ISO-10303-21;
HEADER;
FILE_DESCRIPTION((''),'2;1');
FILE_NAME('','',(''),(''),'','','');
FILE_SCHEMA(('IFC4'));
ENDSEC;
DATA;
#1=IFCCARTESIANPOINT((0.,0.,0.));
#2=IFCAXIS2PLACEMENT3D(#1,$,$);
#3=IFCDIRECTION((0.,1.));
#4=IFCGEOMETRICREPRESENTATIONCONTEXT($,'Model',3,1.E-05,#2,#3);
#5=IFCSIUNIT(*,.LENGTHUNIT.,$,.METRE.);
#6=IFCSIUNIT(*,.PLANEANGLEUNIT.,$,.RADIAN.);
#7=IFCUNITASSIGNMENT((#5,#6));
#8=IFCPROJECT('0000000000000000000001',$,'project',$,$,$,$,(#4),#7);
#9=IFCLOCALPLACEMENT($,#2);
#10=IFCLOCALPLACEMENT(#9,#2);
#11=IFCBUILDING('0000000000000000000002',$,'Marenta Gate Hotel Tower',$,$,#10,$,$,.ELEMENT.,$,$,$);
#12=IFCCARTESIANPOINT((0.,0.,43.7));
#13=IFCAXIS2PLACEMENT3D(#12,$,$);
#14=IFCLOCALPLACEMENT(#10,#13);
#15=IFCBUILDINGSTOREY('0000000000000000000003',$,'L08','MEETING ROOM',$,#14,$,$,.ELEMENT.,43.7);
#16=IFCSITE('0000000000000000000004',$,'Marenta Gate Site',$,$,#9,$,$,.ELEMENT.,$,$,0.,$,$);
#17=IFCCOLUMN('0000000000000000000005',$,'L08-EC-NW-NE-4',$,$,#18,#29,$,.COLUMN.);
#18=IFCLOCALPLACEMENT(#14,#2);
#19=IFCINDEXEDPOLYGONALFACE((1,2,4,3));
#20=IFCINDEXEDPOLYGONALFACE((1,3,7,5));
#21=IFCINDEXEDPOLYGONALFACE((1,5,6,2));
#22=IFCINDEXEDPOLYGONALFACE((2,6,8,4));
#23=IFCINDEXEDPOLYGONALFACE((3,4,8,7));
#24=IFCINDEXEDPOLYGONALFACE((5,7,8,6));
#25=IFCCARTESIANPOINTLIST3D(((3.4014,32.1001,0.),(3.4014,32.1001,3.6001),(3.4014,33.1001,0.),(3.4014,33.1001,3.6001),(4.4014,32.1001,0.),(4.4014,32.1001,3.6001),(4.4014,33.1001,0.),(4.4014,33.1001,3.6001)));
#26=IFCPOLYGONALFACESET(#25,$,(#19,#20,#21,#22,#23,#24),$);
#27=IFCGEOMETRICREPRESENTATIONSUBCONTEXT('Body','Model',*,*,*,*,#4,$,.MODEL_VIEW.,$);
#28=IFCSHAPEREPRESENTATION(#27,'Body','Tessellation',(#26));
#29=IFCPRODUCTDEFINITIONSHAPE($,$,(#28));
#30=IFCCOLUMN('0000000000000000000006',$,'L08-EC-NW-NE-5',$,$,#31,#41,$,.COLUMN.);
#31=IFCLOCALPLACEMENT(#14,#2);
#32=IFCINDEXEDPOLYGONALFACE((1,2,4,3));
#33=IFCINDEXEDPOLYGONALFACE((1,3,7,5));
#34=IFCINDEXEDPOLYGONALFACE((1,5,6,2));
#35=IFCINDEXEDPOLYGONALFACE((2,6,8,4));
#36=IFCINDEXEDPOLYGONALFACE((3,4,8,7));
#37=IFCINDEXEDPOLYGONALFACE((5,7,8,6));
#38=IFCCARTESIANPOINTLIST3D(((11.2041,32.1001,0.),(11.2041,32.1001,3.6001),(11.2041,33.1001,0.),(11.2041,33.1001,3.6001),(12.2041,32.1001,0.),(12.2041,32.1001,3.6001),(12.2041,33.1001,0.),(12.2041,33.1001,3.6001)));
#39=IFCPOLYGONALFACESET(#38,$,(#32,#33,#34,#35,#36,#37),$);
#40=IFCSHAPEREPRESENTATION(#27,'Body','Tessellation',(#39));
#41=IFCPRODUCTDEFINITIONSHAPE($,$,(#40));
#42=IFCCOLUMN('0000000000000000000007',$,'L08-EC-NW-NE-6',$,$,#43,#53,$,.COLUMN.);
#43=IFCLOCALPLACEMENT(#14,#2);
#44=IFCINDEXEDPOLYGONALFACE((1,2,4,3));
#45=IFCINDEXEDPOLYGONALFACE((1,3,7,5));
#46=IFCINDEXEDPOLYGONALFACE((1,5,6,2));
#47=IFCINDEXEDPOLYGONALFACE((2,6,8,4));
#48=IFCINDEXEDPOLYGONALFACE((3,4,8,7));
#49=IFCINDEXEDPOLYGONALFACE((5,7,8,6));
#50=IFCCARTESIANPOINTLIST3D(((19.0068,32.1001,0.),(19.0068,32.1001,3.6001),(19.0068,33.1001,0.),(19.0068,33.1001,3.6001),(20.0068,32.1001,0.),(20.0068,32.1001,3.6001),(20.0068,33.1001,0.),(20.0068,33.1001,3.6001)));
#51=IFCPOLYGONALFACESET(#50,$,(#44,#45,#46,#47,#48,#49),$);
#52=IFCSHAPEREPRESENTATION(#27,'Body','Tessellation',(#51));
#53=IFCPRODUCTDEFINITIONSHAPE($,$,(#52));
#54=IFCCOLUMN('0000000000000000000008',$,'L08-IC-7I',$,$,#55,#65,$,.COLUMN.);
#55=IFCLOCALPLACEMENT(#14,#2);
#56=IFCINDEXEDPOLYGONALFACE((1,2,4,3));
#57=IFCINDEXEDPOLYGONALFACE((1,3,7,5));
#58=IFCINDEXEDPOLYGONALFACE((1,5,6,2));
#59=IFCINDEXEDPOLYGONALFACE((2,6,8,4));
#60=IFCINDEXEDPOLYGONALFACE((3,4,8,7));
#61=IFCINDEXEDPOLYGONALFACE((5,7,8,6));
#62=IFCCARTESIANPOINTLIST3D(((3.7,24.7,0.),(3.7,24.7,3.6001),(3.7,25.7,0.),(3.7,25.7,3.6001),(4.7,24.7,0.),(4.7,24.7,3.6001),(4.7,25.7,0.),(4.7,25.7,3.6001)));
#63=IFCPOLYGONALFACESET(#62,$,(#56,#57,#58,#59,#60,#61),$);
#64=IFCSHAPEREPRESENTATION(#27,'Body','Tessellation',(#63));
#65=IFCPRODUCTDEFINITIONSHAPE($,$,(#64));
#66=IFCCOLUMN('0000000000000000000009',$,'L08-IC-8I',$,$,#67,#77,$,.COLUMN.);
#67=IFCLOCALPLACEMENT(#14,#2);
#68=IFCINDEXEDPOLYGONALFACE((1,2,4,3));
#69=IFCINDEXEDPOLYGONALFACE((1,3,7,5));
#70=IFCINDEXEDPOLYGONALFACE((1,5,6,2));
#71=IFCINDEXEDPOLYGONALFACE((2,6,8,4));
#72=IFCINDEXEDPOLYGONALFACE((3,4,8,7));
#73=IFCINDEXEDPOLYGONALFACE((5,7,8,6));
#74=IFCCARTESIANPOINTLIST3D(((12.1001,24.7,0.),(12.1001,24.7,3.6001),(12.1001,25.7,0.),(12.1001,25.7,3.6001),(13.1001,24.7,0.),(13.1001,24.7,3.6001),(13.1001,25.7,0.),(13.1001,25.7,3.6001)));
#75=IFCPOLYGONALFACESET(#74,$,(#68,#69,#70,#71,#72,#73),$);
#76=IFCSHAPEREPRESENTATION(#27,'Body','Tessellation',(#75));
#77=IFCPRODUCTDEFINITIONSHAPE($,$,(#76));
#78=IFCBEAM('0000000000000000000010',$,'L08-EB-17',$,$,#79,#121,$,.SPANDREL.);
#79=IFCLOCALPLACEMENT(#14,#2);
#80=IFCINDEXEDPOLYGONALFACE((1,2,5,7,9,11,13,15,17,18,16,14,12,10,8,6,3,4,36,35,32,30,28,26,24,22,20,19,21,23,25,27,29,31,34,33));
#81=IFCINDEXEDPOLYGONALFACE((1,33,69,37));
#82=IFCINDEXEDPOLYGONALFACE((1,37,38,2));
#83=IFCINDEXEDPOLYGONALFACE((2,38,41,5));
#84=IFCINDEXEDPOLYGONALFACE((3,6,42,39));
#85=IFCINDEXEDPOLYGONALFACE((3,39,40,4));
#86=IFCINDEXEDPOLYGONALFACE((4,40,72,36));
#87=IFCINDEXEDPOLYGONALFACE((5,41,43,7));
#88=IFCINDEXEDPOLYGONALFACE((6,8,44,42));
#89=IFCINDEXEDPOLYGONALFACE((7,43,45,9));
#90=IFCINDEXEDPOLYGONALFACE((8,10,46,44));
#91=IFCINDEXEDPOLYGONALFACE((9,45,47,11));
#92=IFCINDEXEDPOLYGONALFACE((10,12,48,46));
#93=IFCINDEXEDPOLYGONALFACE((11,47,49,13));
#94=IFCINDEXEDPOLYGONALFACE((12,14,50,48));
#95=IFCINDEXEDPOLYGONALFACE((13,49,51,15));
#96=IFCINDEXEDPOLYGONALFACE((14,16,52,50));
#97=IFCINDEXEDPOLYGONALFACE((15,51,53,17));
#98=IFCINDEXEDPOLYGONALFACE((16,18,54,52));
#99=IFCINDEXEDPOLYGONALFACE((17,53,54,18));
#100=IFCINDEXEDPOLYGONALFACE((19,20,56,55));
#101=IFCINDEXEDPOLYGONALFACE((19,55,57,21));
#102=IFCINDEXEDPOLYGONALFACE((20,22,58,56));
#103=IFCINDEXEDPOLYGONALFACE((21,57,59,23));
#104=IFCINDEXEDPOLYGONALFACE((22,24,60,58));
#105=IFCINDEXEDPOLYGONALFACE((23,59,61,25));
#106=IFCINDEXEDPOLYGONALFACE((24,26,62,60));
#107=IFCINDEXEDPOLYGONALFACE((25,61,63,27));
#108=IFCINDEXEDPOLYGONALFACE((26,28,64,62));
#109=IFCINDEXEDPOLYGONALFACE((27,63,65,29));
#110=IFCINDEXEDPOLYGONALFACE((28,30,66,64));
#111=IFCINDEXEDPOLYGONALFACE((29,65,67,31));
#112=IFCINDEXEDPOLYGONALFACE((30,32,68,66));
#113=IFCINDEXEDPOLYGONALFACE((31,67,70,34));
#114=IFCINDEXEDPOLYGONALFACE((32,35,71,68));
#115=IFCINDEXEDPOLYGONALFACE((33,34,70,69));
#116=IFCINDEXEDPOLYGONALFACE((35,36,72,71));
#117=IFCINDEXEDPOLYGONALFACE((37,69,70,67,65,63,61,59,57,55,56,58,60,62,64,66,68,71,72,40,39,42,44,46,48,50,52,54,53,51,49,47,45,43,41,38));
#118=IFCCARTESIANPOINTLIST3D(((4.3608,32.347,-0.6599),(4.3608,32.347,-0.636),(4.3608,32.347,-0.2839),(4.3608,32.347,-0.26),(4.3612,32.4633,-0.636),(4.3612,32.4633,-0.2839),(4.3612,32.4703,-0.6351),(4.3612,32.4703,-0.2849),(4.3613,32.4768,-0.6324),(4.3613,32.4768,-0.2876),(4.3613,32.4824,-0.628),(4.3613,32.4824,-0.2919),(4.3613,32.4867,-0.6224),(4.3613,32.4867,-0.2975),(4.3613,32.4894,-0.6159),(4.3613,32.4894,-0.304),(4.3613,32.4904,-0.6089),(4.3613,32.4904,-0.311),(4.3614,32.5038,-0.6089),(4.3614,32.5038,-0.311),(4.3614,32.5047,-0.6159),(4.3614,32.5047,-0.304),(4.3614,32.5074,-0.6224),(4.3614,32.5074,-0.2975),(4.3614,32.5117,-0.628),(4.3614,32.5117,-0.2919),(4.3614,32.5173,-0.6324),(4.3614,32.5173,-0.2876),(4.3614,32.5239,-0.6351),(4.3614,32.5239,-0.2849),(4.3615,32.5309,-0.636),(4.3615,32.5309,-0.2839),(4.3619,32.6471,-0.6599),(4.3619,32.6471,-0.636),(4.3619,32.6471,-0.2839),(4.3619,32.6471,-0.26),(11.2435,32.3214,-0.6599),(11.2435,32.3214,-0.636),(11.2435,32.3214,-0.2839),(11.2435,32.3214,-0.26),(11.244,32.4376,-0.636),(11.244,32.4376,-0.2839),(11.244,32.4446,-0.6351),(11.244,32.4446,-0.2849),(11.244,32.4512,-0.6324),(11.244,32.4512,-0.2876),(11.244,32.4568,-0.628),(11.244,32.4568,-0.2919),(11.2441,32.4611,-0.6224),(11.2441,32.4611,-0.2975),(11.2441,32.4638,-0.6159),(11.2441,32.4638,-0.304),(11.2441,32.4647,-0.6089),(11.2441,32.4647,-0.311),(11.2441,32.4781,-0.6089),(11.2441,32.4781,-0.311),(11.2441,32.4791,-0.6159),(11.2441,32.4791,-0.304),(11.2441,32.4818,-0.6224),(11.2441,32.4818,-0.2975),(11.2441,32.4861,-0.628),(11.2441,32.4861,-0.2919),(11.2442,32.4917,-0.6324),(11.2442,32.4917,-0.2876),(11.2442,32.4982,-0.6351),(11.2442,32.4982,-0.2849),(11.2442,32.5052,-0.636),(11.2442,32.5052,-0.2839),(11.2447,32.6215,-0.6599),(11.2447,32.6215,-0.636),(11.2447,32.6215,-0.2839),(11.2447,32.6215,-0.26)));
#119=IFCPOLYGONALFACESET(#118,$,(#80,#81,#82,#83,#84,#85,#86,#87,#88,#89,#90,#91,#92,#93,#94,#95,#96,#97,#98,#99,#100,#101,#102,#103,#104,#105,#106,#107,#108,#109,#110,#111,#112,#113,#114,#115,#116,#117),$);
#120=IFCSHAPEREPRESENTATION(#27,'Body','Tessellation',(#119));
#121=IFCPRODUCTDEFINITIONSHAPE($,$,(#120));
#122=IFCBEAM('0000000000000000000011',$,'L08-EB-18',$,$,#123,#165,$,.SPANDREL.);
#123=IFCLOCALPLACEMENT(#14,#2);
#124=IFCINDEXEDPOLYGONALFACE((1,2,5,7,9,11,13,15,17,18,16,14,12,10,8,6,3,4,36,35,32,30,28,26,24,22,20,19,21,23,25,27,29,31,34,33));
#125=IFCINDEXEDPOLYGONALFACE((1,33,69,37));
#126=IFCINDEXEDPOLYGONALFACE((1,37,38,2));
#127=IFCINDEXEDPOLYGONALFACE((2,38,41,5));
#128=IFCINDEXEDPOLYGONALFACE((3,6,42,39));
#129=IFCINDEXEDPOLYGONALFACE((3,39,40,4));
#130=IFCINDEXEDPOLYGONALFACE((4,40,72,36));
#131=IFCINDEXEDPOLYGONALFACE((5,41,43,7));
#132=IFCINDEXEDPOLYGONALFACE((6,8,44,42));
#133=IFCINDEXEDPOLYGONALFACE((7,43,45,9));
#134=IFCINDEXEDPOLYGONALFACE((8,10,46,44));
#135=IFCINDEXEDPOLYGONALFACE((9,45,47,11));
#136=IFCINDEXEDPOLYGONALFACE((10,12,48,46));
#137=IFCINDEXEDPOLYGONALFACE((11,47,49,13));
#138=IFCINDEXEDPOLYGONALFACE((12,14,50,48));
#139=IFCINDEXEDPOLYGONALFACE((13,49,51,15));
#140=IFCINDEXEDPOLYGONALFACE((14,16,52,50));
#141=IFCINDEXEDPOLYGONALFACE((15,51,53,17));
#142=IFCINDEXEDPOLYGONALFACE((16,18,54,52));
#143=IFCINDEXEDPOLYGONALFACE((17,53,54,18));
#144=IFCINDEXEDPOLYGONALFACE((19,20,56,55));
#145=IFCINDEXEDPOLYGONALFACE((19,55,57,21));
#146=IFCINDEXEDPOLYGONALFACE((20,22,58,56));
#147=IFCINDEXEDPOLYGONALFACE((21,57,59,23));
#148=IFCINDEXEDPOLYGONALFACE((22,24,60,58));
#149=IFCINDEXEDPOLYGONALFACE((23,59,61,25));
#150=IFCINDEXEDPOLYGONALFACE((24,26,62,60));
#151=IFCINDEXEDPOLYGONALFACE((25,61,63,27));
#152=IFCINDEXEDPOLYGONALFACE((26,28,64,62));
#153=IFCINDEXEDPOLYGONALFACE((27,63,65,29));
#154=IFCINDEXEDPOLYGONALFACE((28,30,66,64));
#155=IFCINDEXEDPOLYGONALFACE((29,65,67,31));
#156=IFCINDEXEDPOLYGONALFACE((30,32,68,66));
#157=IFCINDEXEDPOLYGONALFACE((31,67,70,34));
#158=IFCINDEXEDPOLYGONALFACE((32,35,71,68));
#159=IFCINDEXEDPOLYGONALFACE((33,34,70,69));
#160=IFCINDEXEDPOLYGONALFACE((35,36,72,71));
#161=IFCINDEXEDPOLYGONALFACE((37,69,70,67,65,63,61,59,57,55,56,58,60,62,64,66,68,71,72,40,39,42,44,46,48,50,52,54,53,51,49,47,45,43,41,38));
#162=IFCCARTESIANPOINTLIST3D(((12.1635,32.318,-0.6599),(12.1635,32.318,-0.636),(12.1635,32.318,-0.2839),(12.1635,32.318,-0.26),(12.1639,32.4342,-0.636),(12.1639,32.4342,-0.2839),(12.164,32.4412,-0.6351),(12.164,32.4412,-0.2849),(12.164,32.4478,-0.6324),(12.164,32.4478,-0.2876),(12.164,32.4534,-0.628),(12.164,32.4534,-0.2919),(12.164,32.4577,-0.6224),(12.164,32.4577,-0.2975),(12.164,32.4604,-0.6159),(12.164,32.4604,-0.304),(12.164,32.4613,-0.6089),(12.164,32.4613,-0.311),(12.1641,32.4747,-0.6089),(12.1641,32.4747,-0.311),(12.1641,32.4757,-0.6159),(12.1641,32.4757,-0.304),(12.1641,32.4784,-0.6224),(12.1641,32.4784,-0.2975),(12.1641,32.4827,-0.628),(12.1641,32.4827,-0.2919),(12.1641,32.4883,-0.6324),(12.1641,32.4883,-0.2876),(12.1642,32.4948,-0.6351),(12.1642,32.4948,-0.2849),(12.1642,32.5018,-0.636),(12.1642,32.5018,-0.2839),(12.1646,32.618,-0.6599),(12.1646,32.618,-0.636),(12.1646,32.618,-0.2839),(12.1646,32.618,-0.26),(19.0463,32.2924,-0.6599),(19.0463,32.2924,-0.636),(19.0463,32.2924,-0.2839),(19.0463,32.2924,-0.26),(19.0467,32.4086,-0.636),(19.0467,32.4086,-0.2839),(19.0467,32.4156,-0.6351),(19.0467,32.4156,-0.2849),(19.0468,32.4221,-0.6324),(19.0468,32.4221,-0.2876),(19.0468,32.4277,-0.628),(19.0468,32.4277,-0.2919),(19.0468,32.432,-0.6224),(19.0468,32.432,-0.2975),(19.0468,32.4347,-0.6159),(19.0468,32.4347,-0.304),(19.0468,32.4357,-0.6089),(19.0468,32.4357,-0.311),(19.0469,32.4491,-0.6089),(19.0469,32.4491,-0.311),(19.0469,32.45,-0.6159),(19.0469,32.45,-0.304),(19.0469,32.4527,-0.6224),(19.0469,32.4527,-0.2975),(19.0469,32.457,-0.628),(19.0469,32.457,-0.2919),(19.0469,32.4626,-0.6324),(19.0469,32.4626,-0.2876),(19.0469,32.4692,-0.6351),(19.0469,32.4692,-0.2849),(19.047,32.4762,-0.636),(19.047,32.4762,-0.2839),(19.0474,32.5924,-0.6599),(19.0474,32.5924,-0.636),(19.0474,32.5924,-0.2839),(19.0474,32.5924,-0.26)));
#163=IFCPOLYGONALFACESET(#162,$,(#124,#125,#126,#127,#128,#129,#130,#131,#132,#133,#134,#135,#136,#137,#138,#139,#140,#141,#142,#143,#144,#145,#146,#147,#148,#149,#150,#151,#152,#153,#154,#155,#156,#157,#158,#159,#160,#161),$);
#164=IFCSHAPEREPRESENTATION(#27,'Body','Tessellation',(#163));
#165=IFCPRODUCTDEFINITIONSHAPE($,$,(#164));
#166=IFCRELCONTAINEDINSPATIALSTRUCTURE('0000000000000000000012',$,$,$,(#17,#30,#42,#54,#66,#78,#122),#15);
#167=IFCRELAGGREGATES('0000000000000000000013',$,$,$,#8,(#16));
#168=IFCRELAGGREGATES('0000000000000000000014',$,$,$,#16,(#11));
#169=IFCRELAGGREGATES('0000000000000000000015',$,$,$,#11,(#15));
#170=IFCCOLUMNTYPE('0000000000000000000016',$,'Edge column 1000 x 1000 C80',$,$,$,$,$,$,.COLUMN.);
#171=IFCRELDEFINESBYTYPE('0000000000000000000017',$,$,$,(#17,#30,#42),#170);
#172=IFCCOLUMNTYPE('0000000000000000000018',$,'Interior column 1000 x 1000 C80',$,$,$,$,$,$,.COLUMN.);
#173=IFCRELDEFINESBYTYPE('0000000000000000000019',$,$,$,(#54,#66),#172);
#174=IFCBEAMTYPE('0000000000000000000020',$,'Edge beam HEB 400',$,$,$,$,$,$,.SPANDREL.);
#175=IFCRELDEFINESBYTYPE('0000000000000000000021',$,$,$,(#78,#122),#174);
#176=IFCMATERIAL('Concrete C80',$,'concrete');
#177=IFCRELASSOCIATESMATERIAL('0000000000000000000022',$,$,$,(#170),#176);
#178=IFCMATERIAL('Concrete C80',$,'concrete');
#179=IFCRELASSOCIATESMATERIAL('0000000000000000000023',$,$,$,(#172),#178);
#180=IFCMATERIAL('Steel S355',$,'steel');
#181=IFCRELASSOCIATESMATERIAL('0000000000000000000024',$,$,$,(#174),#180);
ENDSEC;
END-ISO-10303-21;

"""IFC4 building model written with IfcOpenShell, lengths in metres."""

from ifc_helpers import new_model, si_unit, direction, frame, origin, origin_2d, place, context, subcontext, project, spatial, rectangle, i_section, extrude, material, material_profile, profile_set, type_object, element, save


model = new_model("IFC4")

# Units and contexts
model_context = context("Model", 3, precision=1e-05, world=origin(), true_north=direction((0.0, 1.0)))
body_context = subcontext(model_context, "Body", "Model", "MODEL_VIEW")
ifc_project = project(units=[si_unit("LENGTHUNIT", "METRE"), si_unit("PLANEANGLEUNIT", "RADIAN")], contexts=[model_context])

# Site, building, storey
site_placement = place(None, origin())
site = spatial("IfcSite", under=ifc_project, at=site_placement, Name="Marenta Gate Site", CompositionType="ELEMENT", RefElevation=0.0)
building_placement = place(site_placement, origin())
building = spatial("IfcBuilding", under=site, at=building_placement, Name="Marenta Gate Hotel Tower", CompositionType="ELEMENT")
storey_placement = place(building_placement, frame((0.0, 0.0, 43.7)))
storey = spatial("IfcBuildingStorey", under=building, at=storey_placement, Name="L08", Description="MEETING ROOM", CompositionType="ELEMENT", Elevation=43.7)

# Columns
ifc_material_1 = material(Name="Concrete C80", Category="concrete")
ifc_material_profile_1 = material_profile(ifc_material_1, rectangle(XDim=1.0, YDim=1.0, at=origin_2d()), Name="1000 x 1000")
ifc_profile_set_1 = profile_set([ifc_material_profile_1], Name="Concrete C80")
column_type_1 = type_object("IfcColumnType", Name="Edge column 1000 x 1000 C80", PredefinedType="COLUMN", material=ifc_profile_set_1)
for number, where, z_axis, x_axis, name in (
    (1, (3.9014, 32.6001, 0.0), (0.0, 0.0, 1.0), (1.0, 0.0, 0.0), "L08-EC-NW-NE-4"),
    (2, (11.7041, 32.6001, 0.0), (0.0, 0.0, 1.0), (1.0, 0.0, 0.0), "L08-EC-NW-NE-5"),
    (3, (19.5068, 32.6001, 0.0), (0.0, 0.0, 1.0), (1.0, 0.0, 0.0), "L08-EC-NW-NE-6"),
):
    element("IfcColumn", number, at=place(storey_placement, frame(where, z_axis=z_axis, x_axis=x_axis)), inside=storey, type_object=column_type_1, Name=name, PredefinedType="COLUMN", context=body_context, shape_type="SweptSolid", body=[
        extrude(rectangle(XDim=1.0, YDim=1.0, at=origin_2d()), origin(), (0.0, 0.0, 1.0), 3.6001),
    ])
ifc_material_2 = material(Name="Concrete C80", Category="concrete")
ifc_material_profile_2 = material_profile(ifc_material_2, rectangle(XDim=1.0, YDim=1.0, at=origin_2d()), Name="1000 x 1000")
ifc_profile_set_2 = profile_set([ifc_material_profile_2], Name="Concrete C80")
column_type_2 = type_object("IfcColumnType", Name="Interior column 1000 x 1000 C80", PredefinedType="COLUMN", material=ifc_profile_set_2)
for number, where, z_axis, x_axis, name in (
    (4, (4.2, 25.2, 0.0), (0.0, 0.0, 1.0), (1.0, 0.0, 0.0), "L08-IC-7I"),
    (5, (12.6001, 25.2, 0.0), (0.0, 0.0, 1.0), (1.0, 0.0, 0.0), "L08-IC-8I"),
):
    element("IfcColumn", number, at=place(storey_placement, frame(where, z_axis=z_axis, x_axis=x_axis)), inside=storey, type_object=column_type_2, Name=name, PredefinedType="COLUMN", context=body_context, shape_type="SweptSolid", body=[
        extrude(rectangle(XDim=1.0, YDim=1.0, at=origin_2d()), origin(), (0.0, 0.0, 1.0), 3.6001),
    ])

# Beams
ifc_material_3 = material(Name="Steel S355", Category="steel")
ifc_material_profile_3 = material_profile(ifc_material_3, i_section(OverallWidth=0.3, OverallDepth=0.3999, WebThickness=0.0134, FlangeThickness=0.0239, FilletRadius=0.0271, at=origin_2d()), Name="HEB 400")
ifc_profile_set_3 = profile_set([ifc_material_profile_3], Name="Steel S355")
beam_type_1 = type_object("IfcBeamType", Name="Edge beam HEB 400", PredefinedType="SPANDREL", material=ifc_profile_set_3)
for number, where, z_axis, x_axis, name in (
    (6, (4.3613, 32.4971, -0.46), (0.999993, -0.003724, 0.0), (0.003724, 0.999993, 0.0), "L08-EB-17"),
    (7, (12.1641, 32.468, -0.46), (0.999993, -0.003724, 0.0), (0.003724, 0.999993, 0.0), "L08-EB-18"),
):
    element("IfcBeam", number, at=place(storey_placement, frame(where, z_axis=z_axis, x_axis=x_axis)), inside=storey, type_object=beam_type_1, Name=name, PredefinedType="SPANDREL", context=body_context, shape_type="SweptSolid", body=[
        extrude(i_section(OverallWidth=0.3, OverallDepth=0.3999, WebThickness=0.0134, FlangeThickness=0.0239, FilletRadius=0.0271, at=origin_2d()), origin(), (0.0, 0.0, 1.0), 6.8828),
    ])

save(model, "model.ifc")
